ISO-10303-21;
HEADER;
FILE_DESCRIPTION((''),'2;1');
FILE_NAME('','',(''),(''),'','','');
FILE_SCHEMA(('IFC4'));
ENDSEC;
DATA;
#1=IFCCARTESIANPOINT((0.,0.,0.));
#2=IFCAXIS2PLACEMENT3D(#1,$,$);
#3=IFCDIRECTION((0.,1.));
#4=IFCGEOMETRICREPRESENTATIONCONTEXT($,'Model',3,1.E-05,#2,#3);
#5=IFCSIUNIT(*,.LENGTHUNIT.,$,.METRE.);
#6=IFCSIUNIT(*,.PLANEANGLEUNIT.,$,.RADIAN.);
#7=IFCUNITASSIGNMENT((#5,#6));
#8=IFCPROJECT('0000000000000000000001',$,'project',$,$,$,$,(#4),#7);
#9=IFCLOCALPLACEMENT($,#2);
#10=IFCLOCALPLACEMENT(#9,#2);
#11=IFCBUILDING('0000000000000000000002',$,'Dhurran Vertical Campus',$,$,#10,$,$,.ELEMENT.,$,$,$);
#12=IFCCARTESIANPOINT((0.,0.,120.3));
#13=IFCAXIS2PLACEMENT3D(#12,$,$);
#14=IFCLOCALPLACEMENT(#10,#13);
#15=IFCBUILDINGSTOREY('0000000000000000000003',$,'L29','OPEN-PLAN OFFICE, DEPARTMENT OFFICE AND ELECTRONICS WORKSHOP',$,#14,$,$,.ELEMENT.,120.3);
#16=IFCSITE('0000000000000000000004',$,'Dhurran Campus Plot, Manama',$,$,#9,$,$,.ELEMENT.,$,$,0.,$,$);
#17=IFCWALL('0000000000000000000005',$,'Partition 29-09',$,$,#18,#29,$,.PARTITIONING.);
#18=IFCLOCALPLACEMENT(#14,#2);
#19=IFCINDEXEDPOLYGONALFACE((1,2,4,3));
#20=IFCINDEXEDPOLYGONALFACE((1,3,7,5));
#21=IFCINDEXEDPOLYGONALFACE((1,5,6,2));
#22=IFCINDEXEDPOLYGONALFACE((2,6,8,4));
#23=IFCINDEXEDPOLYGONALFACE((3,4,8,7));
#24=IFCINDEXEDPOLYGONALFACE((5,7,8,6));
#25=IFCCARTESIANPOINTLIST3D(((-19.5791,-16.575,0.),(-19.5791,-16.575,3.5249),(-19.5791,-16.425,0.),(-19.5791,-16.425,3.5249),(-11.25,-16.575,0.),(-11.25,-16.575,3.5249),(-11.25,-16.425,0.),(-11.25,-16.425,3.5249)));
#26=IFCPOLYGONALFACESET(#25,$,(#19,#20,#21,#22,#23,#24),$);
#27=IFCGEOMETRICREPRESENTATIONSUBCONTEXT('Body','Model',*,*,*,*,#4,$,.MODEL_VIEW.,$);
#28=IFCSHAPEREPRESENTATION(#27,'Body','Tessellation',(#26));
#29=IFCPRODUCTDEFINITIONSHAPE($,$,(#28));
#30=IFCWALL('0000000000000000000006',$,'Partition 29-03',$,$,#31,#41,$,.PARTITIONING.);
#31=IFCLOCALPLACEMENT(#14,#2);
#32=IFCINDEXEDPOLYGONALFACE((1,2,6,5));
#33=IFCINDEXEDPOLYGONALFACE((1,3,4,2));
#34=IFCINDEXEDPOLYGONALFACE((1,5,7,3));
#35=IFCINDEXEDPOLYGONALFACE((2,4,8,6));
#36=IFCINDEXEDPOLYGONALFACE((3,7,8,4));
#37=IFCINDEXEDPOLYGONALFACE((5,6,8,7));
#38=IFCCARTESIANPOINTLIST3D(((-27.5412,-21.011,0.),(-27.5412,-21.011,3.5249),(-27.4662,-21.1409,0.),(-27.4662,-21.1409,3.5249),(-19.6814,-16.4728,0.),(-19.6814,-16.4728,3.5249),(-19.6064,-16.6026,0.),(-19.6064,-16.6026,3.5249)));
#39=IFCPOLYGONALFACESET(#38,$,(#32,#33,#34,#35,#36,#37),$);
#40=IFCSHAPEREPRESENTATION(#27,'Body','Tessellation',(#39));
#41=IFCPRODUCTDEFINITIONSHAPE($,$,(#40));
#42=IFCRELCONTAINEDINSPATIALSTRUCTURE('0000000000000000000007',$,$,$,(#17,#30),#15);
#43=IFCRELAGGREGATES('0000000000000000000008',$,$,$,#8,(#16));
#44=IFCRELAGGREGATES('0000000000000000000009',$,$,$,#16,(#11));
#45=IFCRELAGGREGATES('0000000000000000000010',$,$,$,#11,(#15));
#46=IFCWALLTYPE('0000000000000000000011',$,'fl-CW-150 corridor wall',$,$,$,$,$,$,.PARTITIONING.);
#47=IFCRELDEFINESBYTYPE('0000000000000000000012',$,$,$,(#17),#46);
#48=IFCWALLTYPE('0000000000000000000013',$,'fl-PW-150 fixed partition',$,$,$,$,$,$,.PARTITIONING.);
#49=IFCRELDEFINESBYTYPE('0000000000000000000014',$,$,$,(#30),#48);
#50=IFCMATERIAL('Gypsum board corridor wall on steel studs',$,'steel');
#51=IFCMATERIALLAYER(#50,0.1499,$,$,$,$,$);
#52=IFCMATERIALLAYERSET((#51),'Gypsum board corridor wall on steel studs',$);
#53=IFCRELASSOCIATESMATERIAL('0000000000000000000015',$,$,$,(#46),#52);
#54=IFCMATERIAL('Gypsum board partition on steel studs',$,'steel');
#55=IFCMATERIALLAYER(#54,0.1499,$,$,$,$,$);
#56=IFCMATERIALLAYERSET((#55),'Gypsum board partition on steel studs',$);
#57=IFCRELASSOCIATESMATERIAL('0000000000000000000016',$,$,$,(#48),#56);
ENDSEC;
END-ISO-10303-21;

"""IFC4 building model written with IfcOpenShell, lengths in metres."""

from ifc_helpers import new_model, si_unit, direction, frame, frame_2d, origin, place, context, subcontext, project, spatial, rectangle, extrude, material, layer, layer_set, type_object, element, save


model = new_model("IFC4")

# Units and contexts
model_context = context("Model", 3, precision=1e-05, world=origin(), true_north=direction((0.0, 1.0)))
body_context = subcontext(model_context, "Body", "Model", "MODEL_VIEW")
ifc_project = project(units=[si_unit("LENGTHUNIT", "METRE"), si_unit("PLANEANGLEUNIT", "RADIAN")], contexts=[model_context])

# Site, building, storey
site_placement = place(None, origin())
site = spatial("IfcSite", under=ifc_project, at=site_placement, Name="Dhurran Campus Plot, Manama", CompositionType="ELEMENT", RefElevation=0.0)
building_placement = place(site_placement, origin())
building = spatial("IfcBuilding", under=site, at=building_placement, Name="Dhurran Vertical Campus", CompositionType="ELEMENT")
storey_placement = place(building_placement, frame((0.0, 0.0, 120.3)))
storey = spatial("IfcBuildingStorey", under=building, at=storey_placement, Name="L29", Description="OPEN-PLAN OFFICE, DEPARTMENT OFFICE AND ELECTRONICS WORKSHOP", CompositionType="ELEMENT", Elevation=120.3)

# Walls
ifc_material_1 = material(Name="Gypsum board corridor wall on steel studs", Category="steel")
ifc_layer_1 = layer(ifc_material_1, 0.1499)
ifc_layer_set_1 = layer_set([ifc_layer_1], Name="Gypsum board corridor wall on steel studs")
wall_type_1 = type_object("IfcWallType", Name="fl-CW-150 corridor wall", PredefinedType="PARTITIONING", material=ifc_layer_set_1)
wall_1_placement = place(storey_placement, frame((-19.5791, -16.5, 0.0), z_axis=(0.0, 0.0, 1.0), x_axis=(1.0, 0.0, 0.0)))
element("IfcWall", 1, at=wall_1_placement, inside=storey, type_object=wall_type_1, Name="Partition 29-09", PredefinedType="PARTITIONING", context=body_context, shape_type="SweptSolid", body=[
    extrude(rectangle(XDim=8.3291, YDim=0.1499, at=frame_2d((4.1646, 0.0))), origin(), (0.0, 0.0, 1.0), 3.5249),
])
ifc_material_2 = material(Name="Gypsum board partition on steel studs", Category="steel")
ifc_layer_2 = layer(ifc_material_2, 0.1499)
ifc_layer_set_2 = layer_set([ifc_layer_2], Name="Gypsum board partition on steel studs")
wall_type_2 = type_object("IfcWallType", Name="fl-PW-150 fixed partition", PredefinedType="PARTITIONING", material=ifc_layer_set_2)
wall_2_placement = place(storey_placement, frame((-19.6438, -16.5376, 0.0), z_axis=(0.0, 0.0, 1.0), x_axis=(-0.866005, -0.500036, 0.0)))
element("IfcWall", 2, at=wall_2_placement, inside=storey, type_object=wall_type_2, Name="Partition 29-03", PredefinedType="PARTITIONING", context=body_context, shape_type="SweptSolid", body=[
    extrude(rectangle(XDim=9.0759, YDim=0.1499, at=frame_2d((4.5381, 0.0))), origin(), (0.0, 0.0, 1.0), 3.5249),
])

save(model, "model.ifc")
